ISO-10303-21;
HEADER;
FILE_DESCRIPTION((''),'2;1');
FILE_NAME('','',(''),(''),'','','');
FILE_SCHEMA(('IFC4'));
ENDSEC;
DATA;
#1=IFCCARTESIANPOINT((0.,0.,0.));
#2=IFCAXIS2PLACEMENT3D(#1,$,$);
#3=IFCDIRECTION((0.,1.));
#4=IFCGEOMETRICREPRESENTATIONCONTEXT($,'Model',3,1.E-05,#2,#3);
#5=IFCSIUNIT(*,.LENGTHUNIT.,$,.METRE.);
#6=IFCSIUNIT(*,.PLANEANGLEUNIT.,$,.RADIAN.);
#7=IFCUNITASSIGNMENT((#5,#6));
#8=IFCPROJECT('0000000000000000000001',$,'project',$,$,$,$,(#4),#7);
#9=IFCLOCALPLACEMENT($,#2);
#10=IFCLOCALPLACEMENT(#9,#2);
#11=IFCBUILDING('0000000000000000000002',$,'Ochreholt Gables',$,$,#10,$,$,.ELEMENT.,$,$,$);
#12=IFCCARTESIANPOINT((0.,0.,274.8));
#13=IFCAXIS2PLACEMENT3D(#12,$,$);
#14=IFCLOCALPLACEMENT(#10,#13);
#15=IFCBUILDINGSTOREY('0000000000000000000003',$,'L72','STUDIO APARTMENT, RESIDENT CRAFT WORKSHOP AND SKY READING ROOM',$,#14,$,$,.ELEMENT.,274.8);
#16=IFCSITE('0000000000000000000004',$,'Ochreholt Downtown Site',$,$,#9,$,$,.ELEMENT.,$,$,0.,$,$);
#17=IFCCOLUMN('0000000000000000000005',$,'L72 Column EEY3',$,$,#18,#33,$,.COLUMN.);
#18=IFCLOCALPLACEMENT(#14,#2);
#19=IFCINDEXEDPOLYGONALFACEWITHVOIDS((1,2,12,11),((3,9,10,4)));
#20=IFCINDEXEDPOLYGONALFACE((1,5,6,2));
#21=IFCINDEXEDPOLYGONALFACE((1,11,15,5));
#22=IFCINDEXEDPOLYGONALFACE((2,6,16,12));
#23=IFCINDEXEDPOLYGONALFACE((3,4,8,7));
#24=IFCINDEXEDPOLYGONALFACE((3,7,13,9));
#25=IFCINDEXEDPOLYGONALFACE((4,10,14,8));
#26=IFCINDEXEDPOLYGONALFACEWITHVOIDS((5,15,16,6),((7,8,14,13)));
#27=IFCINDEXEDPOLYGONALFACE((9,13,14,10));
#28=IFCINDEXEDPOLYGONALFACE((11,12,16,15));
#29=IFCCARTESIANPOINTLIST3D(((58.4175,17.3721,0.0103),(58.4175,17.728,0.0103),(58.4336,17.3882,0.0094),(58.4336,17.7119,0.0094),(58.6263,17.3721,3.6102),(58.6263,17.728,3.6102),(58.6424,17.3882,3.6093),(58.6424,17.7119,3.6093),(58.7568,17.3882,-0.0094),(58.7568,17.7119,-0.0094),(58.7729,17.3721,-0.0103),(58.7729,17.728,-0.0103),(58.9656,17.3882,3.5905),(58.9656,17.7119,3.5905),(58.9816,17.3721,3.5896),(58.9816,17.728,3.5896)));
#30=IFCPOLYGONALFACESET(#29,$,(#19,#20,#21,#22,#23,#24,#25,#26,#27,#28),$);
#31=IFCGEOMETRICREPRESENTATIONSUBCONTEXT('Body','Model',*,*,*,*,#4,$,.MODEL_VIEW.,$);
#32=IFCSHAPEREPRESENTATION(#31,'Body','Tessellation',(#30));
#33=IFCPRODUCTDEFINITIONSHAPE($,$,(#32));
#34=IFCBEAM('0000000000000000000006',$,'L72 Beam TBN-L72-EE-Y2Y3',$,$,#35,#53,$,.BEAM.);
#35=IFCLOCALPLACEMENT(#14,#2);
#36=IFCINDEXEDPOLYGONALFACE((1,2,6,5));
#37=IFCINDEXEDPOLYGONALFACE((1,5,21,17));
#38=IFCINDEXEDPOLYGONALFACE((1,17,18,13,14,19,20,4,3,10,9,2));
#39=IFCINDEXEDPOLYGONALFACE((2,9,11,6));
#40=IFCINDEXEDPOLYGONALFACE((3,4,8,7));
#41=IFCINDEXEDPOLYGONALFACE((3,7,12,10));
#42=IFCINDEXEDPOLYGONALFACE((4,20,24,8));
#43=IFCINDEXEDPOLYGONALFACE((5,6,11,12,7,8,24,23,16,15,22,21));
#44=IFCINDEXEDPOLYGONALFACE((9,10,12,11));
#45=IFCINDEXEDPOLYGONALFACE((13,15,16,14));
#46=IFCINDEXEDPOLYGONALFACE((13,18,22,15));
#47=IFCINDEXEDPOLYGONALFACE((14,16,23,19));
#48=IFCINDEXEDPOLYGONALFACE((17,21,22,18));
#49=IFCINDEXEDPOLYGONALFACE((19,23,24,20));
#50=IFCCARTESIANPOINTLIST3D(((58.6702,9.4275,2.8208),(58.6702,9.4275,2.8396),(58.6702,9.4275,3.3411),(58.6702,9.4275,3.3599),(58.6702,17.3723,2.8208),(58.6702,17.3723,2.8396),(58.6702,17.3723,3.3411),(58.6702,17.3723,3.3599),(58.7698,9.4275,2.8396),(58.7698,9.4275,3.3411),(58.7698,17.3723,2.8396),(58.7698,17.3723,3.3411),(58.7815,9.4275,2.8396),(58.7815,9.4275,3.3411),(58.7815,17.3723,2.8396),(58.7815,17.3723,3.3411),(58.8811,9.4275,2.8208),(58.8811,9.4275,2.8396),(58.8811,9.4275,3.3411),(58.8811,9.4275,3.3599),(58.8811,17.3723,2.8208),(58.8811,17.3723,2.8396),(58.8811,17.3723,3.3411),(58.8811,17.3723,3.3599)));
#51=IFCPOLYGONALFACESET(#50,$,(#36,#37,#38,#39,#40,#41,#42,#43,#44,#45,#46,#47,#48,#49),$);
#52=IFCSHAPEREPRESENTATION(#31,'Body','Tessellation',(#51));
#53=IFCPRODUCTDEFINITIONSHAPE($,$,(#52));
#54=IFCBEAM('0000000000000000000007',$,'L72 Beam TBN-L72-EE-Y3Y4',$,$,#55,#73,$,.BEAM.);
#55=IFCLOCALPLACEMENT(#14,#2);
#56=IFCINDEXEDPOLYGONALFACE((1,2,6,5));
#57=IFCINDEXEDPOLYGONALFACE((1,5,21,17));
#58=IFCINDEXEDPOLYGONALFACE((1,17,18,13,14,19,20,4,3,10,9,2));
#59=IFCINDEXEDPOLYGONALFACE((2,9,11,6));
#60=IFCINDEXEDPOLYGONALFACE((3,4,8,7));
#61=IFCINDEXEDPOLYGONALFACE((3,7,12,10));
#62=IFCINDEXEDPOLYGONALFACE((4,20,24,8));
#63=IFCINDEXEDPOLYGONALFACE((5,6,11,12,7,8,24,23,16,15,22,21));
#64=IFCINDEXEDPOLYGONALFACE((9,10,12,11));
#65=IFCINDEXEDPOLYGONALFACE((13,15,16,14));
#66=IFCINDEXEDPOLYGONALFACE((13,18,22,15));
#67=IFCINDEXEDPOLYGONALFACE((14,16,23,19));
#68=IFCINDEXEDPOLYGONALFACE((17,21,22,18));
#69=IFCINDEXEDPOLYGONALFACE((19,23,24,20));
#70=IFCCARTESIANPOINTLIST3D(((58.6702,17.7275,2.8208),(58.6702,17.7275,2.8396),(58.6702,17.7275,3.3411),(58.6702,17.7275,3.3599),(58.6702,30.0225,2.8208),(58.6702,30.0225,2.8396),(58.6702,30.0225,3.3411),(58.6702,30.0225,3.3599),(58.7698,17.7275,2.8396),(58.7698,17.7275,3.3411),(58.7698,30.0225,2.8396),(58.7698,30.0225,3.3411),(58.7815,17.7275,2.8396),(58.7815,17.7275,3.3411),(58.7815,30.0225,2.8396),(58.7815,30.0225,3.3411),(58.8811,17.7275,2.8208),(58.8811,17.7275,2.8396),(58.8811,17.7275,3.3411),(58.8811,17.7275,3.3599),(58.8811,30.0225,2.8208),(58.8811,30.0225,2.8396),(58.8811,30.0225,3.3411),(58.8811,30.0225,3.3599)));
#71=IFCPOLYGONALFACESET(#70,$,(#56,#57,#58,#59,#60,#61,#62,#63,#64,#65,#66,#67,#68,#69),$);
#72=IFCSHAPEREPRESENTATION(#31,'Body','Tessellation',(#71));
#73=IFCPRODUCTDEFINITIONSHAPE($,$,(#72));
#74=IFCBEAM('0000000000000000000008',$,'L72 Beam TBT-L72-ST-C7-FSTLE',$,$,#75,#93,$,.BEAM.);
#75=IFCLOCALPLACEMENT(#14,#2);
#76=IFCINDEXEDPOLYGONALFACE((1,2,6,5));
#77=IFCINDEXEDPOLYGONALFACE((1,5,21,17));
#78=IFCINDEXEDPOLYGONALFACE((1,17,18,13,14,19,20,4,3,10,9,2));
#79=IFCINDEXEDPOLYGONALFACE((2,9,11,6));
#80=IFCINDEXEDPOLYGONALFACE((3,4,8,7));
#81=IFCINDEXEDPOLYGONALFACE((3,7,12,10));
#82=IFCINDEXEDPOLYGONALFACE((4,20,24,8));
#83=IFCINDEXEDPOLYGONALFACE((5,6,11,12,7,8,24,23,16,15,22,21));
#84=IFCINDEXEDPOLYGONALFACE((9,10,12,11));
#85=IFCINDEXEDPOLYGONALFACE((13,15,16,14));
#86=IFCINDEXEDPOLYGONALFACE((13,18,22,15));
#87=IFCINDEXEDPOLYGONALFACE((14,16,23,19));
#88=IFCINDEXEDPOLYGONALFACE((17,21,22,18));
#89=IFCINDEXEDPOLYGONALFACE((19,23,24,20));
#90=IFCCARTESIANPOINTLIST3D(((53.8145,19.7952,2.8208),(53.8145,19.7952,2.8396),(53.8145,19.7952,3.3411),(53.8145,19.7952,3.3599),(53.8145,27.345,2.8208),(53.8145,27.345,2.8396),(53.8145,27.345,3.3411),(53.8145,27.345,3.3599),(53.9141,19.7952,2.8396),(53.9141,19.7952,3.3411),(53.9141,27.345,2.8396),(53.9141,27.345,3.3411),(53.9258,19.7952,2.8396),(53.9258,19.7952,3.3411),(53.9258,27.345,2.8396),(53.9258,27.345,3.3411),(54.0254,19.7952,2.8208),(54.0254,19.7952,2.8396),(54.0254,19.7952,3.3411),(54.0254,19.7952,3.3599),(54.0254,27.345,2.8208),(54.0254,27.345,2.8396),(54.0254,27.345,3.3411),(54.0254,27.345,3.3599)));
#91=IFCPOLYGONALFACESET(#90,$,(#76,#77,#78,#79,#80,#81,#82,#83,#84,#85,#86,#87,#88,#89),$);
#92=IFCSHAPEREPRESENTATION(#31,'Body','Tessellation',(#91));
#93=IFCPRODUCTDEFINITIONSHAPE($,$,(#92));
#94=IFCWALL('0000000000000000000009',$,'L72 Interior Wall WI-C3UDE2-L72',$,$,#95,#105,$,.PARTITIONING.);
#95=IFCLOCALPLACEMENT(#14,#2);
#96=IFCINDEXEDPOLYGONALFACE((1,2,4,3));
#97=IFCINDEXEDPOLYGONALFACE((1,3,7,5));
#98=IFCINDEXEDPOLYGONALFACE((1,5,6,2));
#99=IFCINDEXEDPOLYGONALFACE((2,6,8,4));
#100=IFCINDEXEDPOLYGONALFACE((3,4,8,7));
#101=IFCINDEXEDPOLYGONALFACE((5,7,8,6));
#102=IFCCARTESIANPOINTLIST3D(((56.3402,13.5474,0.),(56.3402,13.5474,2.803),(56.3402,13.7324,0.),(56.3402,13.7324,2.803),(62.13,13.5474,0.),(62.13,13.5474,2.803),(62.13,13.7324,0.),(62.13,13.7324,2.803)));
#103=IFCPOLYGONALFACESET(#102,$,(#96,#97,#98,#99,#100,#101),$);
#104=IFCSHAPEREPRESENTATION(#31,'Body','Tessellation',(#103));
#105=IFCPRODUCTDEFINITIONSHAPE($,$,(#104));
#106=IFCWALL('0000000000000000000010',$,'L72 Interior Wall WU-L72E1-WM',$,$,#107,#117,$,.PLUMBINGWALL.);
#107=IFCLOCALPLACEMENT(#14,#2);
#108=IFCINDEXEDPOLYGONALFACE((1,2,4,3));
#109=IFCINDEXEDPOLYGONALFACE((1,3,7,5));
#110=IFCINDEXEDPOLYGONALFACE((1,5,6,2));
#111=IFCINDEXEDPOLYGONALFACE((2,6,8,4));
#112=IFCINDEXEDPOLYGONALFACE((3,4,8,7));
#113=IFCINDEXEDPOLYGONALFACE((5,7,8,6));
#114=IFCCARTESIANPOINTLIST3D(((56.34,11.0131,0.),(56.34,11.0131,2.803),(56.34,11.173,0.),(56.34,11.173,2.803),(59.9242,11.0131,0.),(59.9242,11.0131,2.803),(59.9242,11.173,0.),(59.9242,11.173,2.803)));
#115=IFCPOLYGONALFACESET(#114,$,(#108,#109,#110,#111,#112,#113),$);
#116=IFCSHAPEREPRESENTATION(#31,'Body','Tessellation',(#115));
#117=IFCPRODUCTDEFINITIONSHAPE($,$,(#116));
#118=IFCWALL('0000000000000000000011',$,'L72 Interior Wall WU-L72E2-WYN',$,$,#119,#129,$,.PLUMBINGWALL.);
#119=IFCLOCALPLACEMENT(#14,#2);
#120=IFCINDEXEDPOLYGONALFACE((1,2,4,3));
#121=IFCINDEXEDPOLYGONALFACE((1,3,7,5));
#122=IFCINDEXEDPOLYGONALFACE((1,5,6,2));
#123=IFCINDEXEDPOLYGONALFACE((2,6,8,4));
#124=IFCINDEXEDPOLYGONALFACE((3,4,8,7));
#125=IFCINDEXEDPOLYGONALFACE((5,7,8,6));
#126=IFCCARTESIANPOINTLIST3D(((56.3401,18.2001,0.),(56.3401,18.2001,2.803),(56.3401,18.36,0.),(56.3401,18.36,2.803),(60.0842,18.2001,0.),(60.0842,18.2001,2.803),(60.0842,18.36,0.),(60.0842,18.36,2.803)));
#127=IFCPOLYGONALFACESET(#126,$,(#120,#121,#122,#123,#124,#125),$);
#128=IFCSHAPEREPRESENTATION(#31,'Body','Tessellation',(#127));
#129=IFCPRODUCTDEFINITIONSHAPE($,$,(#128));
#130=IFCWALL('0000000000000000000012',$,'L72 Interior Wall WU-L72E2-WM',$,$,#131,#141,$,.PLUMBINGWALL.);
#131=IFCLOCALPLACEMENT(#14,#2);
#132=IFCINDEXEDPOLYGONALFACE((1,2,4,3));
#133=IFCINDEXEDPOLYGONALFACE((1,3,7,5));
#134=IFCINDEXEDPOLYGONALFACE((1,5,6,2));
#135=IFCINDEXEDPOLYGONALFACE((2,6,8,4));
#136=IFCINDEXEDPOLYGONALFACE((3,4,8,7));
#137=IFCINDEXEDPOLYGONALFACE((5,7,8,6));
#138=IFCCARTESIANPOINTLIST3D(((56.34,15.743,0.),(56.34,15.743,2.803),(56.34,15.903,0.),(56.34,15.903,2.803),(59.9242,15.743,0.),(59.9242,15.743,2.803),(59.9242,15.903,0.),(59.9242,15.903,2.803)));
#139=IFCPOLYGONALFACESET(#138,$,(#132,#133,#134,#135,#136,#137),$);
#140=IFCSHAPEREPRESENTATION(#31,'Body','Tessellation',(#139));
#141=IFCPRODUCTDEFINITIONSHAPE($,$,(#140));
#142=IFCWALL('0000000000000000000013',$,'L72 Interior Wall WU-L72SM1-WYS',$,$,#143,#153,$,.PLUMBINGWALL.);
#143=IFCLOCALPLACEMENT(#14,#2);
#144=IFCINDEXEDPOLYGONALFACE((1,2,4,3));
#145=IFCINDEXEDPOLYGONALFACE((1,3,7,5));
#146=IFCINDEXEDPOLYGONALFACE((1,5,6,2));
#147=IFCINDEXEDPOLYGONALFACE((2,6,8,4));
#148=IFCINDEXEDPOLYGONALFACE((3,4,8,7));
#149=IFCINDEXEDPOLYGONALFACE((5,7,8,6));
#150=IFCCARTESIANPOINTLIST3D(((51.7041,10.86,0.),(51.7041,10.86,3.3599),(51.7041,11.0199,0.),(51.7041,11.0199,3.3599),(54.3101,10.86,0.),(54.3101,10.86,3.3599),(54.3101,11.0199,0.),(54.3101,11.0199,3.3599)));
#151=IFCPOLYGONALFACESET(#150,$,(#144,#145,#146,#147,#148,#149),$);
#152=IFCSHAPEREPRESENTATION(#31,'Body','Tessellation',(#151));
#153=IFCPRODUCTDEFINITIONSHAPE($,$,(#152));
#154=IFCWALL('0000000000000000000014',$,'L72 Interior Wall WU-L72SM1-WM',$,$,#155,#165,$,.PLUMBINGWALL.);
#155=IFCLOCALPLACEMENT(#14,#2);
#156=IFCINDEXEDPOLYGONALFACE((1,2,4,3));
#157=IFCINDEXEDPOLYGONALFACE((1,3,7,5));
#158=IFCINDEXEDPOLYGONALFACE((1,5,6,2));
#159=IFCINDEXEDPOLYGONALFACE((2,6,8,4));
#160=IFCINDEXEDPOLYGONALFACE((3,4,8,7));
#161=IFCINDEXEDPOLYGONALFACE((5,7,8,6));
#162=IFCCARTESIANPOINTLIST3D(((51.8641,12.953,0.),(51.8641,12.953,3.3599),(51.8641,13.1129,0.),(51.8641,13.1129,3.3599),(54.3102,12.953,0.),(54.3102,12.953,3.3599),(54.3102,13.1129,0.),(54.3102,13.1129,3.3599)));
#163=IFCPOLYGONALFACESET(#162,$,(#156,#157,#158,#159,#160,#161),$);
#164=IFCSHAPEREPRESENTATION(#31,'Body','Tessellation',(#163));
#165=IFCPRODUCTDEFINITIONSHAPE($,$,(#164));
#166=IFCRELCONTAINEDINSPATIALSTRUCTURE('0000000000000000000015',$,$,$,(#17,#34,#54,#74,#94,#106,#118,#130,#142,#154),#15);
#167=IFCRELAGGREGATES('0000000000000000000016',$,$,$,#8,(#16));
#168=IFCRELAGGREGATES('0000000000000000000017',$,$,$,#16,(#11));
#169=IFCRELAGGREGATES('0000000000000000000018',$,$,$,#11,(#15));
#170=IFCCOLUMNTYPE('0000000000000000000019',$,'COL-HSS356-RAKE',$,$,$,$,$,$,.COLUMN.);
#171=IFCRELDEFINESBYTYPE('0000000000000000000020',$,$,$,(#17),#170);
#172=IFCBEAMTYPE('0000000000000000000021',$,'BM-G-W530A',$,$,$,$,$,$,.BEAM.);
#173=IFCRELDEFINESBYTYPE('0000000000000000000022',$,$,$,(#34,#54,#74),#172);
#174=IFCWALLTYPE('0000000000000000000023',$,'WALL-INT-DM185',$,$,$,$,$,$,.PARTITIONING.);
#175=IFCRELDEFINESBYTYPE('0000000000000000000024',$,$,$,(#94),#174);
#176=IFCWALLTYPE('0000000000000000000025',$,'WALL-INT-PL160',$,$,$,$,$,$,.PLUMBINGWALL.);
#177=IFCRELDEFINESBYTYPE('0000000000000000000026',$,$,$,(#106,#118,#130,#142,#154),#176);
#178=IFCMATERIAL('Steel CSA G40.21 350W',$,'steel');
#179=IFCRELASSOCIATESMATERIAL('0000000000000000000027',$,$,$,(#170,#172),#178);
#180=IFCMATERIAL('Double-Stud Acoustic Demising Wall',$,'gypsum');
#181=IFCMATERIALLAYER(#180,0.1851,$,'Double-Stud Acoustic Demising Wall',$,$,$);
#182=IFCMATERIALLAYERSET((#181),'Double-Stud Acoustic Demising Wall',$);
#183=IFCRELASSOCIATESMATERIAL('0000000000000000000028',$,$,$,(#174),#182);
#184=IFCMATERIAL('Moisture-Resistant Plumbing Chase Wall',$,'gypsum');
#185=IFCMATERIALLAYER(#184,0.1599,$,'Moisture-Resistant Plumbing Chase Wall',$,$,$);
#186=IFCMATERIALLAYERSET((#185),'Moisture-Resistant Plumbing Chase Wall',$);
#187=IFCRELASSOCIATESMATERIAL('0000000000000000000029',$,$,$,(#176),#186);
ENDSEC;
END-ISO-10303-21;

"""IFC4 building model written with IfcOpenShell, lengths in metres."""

from ifc_helpers import new_model, si_unit, direction, frame, frame_2d, origin, origin_2d, place, context, subcontext, project, spatial, rectangle, hollow_rectangle, i_section, extrude, material, layer, layer_set, material_profile, profile_set, type_object, element, save


model = new_model("IFC4")

# Units and contexts
model_context = context("Model", 3, precision=1e-05, world=origin(), true_north=direction((0.0, 1.0)))
body_context = subcontext(model_context, "Body", "Model", "MODEL_VIEW")
ifc_project = project(units=[si_unit("LENGTHUNIT", "METRE"), si_unit("PLANEANGLEUNIT", "RADIAN")], contexts=[model_context])

# Site, building, storey
site_placement = place(None, origin())
site = spatial("IfcSite", under=ifc_project, at=site_placement, Name="Ochreholt Downtown Site", CompositionType="ELEMENT", RefElevation=0.0)
building_placement = place(site_placement, origin())
building = spatial("IfcBuilding", under=site, at=building_placement, Name="Ochreholt Gables", CompositionType="ELEMENT")
storey_placement = place(building_placement, frame((0.0, 0.0, 274.8)))
storey = spatial("IfcBuildingStorey", under=building, at=storey_placement, Name="L72", Description="STUDIO APARTMENT, RESIDENT CRAFT WORKSHOP AND SKY READING ROOM", CompositionType="ELEMENT", Elevation=274.8)

# Column
ifc_material_1 = material(Name="Steel CSA G40.21 350W", Category="steel")
ifc_material_profile_1 = material_profile(ifc_material_1, hollow_rectangle(XDim=0.356, YDim=0.356, WallThickness=0.0161, at=origin_2d()), Name="HSS356X356X16")
ifc_profile_set_1 = profile_set([ifc_material_profile_1], Name="Steel CSA G40.21 350W")
column_type = type_object("IfcColumnType", Name="COL-HSS356-RAKE", PredefinedType="COLUMN", material=ifc_profile_set_1)
column_placement = place(storey_placement, frame((58.5952, 17.55, 0.0), z_axis=(0.057889, 0.0, 0.998323), x_axis=(0.0, 1.0, 0.0)))
element("IfcColumn", 1, at=column_placement, inside=storey, type_object=column_type, Name="L72 Column EEY3", PredefinedType="COLUMN", context=body_context, shape_type="SweptSolid", body=[
    extrude(hollow_rectangle(XDim=0.356, YDim=0.356, WallThickness=0.0161, at=origin_2d()), origin(), (0.0, 0.0, 1.0), 3.606),
])

# Beams
ifc_material_profile_2 = material_profile(ifc_material_1, i_section(OverallWidth=0.2109, OverallDepth=0.5391, WebThickness=0.0117, FlangeThickness=0.0188, at=origin_2d()), Name="W530X109")
ifc_profile_set_2 = profile_set([ifc_material_profile_2], Name="Steel CSA G40.21 350W")
beam_type = type_object("IfcBeamType", Name="BM-G-W530A", PredefinedType="BEAM", material=ifc_profile_set_2)
beam_1_placement = place(storey_placement, frame((58.7756, 9.4275, 3.0903), z_axis=(0.0, 1.0, 0.0), x_axis=(-1.0, 0.0, 0.0)))
element("IfcBeam", 2, at=beam_1_placement, inside=storey, type_object=beam_type, Name="L72 Beam TBN-L72-EE-Y2Y3", PredefinedType="BEAM", context=body_context, shape_type="SweptSolid", body=[
    extrude(i_section(OverallWidth=0.2109, OverallDepth=0.5391, WebThickness=0.0117, FlangeThickness=0.0188, at=origin_2d()), origin(), (0.0, 0.0, 1.0), 7.9448),
])
beam_2_placement = place(storey_placement, frame((58.7756, 17.7275, 3.0903), z_axis=(0.0, 1.0, 0.0), x_axis=(-1.0, 0.0, 0.0)))
element("IfcBeam", 3, at=beam_2_placement, inside=storey, type_object=beam_type, Name="L72 Beam TBN-L72-EE-Y3Y4", PredefinedType="BEAM", context=body_context, shape_type="SweptSolid", body=[
    extrude(i_section(OverallWidth=0.2109, OverallDepth=0.5391, WebThickness=0.0117, FlangeThickness=0.0188, at=origin_2d()), origin(), (0.0, 0.0, 1.0), 12.2949),
])
beam_3_placement = place(storey_placement, frame((53.9199, 19.7952, 3.0903), z_axis=(0.0, 1.0, 0.0), x_axis=(-1.0, 0.0, 0.0)))
element("IfcBeam", 4, at=beam_3_placement, inside=storey, type_object=beam_type, Name="L72 Beam TBT-L72-ST-C7-FSTLE", PredefinedType="BEAM", context=body_context, shape_type="SweptSolid", body=[
    extrude(i_section(OverallWidth=0.2109, OverallDepth=0.5391, WebThickness=0.0117, FlangeThickness=0.0188, at=origin_2d()), origin(), (0.0, 0.0, 1.0), 7.5498),
])

# Walls
ifc_material_2 = material(Name="Double-Stud Acoustic Demising Wall", Category="gypsum")
ifc_layer_1 = layer(ifc_material_2, 0.1851, Name="Double-Stud Acoustic Demising Wall")
ifc_layer_set_1 = layer_set([ifc_layer_1], Name="Double-Stud Acoustic Demising Wall")
wall_type_1 = type_object("IfcWallType", Name="WALL-INT-DM185", PredefinedType="PARTITIONING", material=ifc_layer_set_1)
wall_1_placement = place(storey_placement, frame((56.3401, 13.6399, 0.0), z_axis=(0.0, 0.0, 1.0), x_axis=(1.0, 0.0, 0.0)))
element("IfcWall", 5, at=wall_1_placement, inside=storey, type_object=wall_type_1, Name="L72 Interior Wall WI-C3UDE2-L72", PredefinedType="PARTITIONING", context=body_context, shape_type="SweptSolid", body=[
    extrude(rectangle(XDim=5.7898, YDim=0.1851, at=frame_2d((2.895, 0.0))), origin(), (0.0, 0.0, 1.0), 2.803),
])
ifc_material_3 = material(Name="Moisture-Resistant Plumbing Chase Wall", Category="gypsum")
ifc_layer_2 = layer(ifc_material_3, 0.1599, Name="Moisture-Resistant Plumbing Chase Wall")
ifc_layer_set_2 = layer_set([ifc_layer_2], Name="Moisture-Resistant Plumbing Chase Wall")
wall_type_2 = type_object("IfcWallType", Name="WALL-INT-PL160", PredefinedType="PLUMBINGWALL", material=ifc_layer_set_2)
wall_2_placement = place(storey_placement, frame((56.3401, 11.093, 0.0), z_axis=(0.0, 0.0, 1.0), x_axis=(1.0, 0.0, 0.0)))
element("IfcWall", 6, at=wall_2_placement, inside=storey, type_object=wall_type_2, Name="L72 Interior Wall WU-L72E1-WM", PredefinedType="PLUMBINGWALL", context=body_context, shape_type="SweptSolid", body=[
    extrude(rectangle(XDim=3.5842, YDim=0.1599, at=frame_2d((1.792, 0.0))), origin(), (0.0, 0.0, 1.0), 2.803),
])
wall_3_placement = place(storey_placement, frame((56.3401, 18.28, 0.0), z_axis=(0.0, 0.0, 1.0), x_axis=(1.0, 0.0, 0.0)))
element("IfcWall", 7, at=wall_3_placement, inside=storey, type_object=wall_type_2, Name="L72 Interior Wall WU-L72E2-WYN", PredefinedType="PLUMBINGWALL", context=body_context, shape_type="SweptSolid", body=[
    extrude(rectangle(XDim=3.7441, YDim=0.1599, at=frame_2d((1.8721, 0.0))), origin(), (0.0, 0.0, 1.0), 2.803),
])

# Walls
wall_4_placement = place(storey_placement, frame((56.3401, 15.823, 0.0), z_axis=(0.0, 0.0, 1.0), x_axis=(1.0, 0.0, 0.0)))
element("IfcWall", 8, at=wall_4_placement, inside=storey, type_object=wall_type_2, Name="L72 Interior Wall WU-L72E2-WM", PredefinedType="PLUMBINGWALL", context=body_context, shape_type="SweptSolid", body=[
    extrude(rectangle(XDim=3.5842, YDim=0.1599, at=frame_2d((1.792, 0.0))), origin(), (0.0, 0.0, 1.0), 2.803),
])
wall_5_placement = place(storey_placement, frame((51.7041, 10.9399, 0.0), z_axis=(0.0, 0.0, 1.0), x_axis=(1.0, 0.0, 0.0)))
element("IfcWall", 9, at=wall_5_placement, inside=storey, type_object=wall_type_2, Name="L72 Interior Wall WU-L72SM1-WYS", PredefinedType="PLUMBINGWALL", context=body_context, shape_type="SweptSolid", body=[
    extrude(rectangle(XDim=2.606, YDim=0.1599, at=frame_2d((1.303, 0.0))), origin(), (0.0, 0.0, 1.0), 3.3599),
])

# Wall
wall_6_placement = place(storey_placement, frame((51.864, 13.033, 0.0), z_axis=(0.0, 0.0, 1.0), x_axis=(1.0, 0.0, 0.0)))
element("IfcWall", 10, at=wall_6_placement, inside=storey, type_object=wall_type_2, Name="L72 Interior Wall WU-L72SM1-WM", PredefinedType="PLUMBINGWALL", context=body_context, shape_type="SweptSolid", body=[
    extrude(rectangle(XDim=2.446, YDim=0.1599, at=frame_2d((1.2231, 0.0))), origin(), (0.0, 0.0, 1.0), 3.3599),
])

save(model, "model.ifc")
